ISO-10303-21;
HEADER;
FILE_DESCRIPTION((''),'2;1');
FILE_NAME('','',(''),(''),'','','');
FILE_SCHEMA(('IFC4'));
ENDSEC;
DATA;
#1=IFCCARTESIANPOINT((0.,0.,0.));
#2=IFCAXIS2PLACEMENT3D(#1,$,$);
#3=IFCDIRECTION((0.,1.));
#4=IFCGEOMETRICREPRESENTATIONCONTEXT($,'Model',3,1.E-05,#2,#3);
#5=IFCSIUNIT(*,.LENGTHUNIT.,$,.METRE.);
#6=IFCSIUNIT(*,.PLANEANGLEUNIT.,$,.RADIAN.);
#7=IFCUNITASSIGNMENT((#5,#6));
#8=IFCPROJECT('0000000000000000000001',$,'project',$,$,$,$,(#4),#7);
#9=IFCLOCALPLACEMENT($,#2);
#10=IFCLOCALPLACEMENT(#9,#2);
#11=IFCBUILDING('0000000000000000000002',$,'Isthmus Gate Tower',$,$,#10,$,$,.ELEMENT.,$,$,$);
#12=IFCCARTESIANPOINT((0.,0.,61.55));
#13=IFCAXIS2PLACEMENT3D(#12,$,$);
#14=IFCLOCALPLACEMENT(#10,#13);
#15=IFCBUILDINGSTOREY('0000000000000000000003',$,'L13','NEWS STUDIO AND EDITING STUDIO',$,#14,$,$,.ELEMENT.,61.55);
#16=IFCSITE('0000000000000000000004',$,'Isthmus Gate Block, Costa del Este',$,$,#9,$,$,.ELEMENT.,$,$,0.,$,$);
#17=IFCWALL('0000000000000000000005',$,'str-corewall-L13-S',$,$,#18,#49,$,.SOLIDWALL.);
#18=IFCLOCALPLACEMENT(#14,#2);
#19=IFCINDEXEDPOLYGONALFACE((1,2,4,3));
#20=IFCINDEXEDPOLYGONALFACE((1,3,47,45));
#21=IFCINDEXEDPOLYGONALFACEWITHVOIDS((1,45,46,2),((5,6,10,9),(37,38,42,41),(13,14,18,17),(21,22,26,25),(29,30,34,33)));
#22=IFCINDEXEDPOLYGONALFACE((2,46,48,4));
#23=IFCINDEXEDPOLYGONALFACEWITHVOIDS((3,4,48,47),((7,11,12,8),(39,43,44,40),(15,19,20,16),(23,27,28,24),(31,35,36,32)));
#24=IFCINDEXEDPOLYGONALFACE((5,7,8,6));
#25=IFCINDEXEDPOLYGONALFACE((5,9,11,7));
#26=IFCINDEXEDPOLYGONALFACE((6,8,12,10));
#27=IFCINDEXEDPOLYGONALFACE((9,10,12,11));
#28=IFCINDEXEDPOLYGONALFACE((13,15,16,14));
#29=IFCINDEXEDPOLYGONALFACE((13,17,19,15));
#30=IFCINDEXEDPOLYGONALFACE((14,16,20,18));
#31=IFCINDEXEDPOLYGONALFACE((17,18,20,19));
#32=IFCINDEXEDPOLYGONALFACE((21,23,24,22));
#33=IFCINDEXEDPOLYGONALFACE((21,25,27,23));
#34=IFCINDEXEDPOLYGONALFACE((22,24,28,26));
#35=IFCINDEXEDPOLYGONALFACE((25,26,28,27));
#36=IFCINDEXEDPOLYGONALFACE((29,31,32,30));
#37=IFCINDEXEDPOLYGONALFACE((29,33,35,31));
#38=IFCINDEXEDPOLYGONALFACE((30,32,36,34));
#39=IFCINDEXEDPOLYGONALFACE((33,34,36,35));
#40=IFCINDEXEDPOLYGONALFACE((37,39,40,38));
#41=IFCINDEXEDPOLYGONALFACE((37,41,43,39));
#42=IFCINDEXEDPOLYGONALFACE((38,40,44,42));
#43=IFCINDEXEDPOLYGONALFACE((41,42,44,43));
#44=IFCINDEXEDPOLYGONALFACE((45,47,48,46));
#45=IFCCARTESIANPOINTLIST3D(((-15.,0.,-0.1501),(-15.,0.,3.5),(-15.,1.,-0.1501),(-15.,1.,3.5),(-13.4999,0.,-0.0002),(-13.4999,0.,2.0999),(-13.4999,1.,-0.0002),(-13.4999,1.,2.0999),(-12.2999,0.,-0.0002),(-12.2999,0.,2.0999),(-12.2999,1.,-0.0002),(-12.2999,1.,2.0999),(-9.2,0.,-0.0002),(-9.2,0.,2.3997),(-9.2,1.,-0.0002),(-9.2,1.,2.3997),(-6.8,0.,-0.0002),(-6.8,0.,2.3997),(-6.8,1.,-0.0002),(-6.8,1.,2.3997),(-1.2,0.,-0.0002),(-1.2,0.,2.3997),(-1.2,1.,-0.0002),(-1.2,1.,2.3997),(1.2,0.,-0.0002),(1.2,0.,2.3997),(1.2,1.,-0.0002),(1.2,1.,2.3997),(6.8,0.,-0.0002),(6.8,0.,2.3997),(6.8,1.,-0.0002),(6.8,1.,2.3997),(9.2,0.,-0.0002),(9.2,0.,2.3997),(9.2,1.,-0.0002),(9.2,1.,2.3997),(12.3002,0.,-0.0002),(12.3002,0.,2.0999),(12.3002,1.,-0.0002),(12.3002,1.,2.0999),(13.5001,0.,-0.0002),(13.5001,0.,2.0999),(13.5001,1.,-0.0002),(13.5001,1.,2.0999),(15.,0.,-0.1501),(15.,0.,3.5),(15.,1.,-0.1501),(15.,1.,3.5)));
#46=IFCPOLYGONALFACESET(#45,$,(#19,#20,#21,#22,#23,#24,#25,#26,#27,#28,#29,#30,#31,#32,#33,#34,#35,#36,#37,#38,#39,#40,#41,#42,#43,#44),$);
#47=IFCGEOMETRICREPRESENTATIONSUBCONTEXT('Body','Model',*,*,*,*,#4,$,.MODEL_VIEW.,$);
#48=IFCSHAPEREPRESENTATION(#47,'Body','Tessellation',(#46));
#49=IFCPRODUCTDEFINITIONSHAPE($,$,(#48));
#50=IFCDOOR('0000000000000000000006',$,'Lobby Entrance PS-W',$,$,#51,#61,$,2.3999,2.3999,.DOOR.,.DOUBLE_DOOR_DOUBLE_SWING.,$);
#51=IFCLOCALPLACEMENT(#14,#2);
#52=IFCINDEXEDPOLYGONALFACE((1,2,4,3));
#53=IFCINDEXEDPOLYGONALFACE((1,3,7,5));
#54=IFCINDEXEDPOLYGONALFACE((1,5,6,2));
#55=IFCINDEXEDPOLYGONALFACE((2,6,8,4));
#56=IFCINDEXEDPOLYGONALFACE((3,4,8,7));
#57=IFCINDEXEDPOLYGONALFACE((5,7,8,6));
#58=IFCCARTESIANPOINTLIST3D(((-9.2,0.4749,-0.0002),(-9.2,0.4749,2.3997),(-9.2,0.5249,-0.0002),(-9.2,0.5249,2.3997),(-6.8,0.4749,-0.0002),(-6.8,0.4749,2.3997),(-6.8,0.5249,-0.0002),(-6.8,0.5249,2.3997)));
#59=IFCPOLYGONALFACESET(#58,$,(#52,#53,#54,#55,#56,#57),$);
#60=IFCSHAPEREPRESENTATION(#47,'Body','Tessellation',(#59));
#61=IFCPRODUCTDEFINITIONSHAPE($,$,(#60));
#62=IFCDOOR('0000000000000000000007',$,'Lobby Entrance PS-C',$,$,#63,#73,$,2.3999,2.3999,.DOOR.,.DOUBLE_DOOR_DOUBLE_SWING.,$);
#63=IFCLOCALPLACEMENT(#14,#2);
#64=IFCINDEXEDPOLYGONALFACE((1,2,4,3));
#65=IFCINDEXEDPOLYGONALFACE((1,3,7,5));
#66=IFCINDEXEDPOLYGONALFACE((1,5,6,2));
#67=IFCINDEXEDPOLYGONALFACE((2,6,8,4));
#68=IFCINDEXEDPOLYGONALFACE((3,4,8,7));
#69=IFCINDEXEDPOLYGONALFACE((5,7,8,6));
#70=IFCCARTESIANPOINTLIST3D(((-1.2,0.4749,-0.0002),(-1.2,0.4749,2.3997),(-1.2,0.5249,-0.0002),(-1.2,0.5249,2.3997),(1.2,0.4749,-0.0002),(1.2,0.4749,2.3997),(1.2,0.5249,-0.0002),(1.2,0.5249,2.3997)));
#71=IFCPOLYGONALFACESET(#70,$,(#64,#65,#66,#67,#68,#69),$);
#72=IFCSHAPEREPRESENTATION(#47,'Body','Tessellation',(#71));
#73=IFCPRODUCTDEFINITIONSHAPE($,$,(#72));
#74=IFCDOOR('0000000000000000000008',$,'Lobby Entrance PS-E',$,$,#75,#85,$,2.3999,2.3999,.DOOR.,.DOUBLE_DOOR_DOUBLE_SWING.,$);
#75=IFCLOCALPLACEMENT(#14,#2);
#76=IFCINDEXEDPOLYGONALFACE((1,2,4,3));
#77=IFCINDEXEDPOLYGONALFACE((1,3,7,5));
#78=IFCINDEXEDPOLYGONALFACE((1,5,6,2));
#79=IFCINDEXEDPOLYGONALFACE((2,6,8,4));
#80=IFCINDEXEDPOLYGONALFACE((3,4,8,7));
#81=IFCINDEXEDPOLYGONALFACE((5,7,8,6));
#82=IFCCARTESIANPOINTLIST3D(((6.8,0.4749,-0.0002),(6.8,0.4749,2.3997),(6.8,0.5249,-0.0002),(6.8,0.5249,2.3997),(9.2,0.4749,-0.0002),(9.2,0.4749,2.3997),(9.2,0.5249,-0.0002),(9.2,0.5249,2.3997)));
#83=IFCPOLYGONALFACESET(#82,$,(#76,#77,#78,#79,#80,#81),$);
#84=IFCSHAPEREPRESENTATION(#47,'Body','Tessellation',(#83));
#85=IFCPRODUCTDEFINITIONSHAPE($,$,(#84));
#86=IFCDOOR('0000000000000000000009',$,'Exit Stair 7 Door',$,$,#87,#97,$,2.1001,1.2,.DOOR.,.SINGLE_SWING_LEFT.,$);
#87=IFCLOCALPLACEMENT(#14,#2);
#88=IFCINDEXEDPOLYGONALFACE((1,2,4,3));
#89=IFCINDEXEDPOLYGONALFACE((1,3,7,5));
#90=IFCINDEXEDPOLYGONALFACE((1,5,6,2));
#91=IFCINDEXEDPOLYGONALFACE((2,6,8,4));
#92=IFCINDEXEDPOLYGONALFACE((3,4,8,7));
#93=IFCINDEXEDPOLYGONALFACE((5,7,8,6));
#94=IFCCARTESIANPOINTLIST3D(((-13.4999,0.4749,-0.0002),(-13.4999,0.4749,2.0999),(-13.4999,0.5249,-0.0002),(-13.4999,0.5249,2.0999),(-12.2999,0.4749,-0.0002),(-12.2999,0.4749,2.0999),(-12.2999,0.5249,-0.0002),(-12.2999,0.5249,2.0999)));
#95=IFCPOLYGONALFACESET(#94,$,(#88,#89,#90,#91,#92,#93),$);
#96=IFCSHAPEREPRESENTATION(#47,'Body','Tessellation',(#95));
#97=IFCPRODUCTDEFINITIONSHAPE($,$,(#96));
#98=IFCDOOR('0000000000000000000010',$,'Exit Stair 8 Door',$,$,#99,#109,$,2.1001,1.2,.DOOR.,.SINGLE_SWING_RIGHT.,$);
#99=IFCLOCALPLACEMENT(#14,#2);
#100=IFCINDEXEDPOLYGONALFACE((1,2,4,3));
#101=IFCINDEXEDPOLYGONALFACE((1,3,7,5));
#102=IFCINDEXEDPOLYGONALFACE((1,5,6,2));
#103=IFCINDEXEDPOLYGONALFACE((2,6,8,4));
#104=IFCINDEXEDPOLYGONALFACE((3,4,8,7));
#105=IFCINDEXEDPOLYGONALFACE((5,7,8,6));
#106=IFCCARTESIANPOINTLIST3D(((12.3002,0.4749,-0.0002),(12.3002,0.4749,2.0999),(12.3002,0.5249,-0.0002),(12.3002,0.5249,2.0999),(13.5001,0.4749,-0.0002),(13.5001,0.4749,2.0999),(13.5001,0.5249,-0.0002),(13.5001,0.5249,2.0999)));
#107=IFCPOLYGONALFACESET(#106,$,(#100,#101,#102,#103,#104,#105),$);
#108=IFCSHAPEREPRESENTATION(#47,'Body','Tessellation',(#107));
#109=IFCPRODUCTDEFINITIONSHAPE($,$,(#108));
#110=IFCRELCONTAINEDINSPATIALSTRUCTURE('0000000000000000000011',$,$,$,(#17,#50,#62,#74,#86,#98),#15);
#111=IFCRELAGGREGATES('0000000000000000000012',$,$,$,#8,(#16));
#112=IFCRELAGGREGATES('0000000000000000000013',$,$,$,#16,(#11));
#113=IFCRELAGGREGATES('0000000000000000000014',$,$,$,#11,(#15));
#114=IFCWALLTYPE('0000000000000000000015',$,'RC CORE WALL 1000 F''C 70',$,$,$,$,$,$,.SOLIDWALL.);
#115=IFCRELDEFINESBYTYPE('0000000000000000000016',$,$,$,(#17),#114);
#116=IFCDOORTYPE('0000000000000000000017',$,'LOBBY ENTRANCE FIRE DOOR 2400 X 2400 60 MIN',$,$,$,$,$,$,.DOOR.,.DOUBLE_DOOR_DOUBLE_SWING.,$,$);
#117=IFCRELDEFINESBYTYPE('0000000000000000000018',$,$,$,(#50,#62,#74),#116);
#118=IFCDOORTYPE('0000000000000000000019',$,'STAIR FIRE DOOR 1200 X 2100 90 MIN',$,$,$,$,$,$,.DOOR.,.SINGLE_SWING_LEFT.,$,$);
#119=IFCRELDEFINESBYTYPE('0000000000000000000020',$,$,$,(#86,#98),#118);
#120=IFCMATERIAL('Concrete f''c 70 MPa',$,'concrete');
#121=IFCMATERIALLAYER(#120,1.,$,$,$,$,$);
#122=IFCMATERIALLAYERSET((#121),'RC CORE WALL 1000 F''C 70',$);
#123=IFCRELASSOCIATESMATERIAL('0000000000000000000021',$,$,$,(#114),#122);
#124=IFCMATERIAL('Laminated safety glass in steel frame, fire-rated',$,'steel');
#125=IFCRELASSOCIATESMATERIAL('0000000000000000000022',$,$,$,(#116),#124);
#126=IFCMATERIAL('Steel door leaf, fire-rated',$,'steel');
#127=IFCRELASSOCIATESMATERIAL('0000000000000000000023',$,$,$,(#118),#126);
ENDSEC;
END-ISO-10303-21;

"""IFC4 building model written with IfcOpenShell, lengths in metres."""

from ifc_helpers import new_model, si_unit, direction, frame, frame_2d, origin, place, context, subcontext, project, spatial, rectangle, extrude, material, layer, layer_set, type_object, element, fill, save


model = new_model("IFC4")

# Units and contexts
model_context = context("Model", 3, precision=1e-05, world=origin(), true_north=direction((0.0, 1.0)))
body_context = subcontext(model_context, "Body", "Model", "MODEL_VIEW")
ifc_project = project(units=[si_unit("LENGTHUNIT", "METRE"), si_unit("PLANEANGLEUNIT", "RADIAN")], contexts=[model_context])

# Site, building, storey
site_placement = place(None, origin())
site = spatial("IfcSite", under=ifc_project, at=site_placement, Name="Isthmus Gate Block, Costa del Este", CompositionType="ELEMENT", RefElevation=0.0)
building_placement = place(site_placement, origin())
building = spatial("IfcBuilding", under=site, at=building_placement, Name="Isthmus Gate Tower", CompositionType="ELEMENT")
storey_placement = place(building_placement, frame((0.0, 0.0, 61.55)))
storey = spatial("IfcBuildingStorey", under=building, at=storey_placement, Name="L13", Description="NEWS STUDIO AND EDITING STUDIO", CompositionType="ELEMENT", Elevation=61.55)

# Wall, openings, doors
ifc_material_1 = material(Name="Concrete f'c 70 MPa", Category="concrete")
ifc_layer_1 = layer(ifc_material_1, 1.0)
ifc_layer_set_1 = layer_set([ifc_layer_1], Name="RC CORE WALL 1000 F'C 70")
wall_type_1 = type_object("IfcWallType", Name="RC CORE WALL 1000 F'C 70", PredefinedType="SOLIDWALL", material=ifc_layer_set_1)
wall_1_placement = place(storey_placement, frame((-15.0, 0.5, -0.1501), z_axis=(0.0, 0.0, 1.0), x_axis=(1.0, 0.0, 0.0)))
wall_1 = element("IfcWall", 1, at=wall_1_placement, inside=storey, type_object=wall_type_1, Name="str-corewall-L13-S", PredefinedType="SOLIDWALL", context=body_context, shape_type="SweptSolid", body=[
    extrude(rectangle(XDim=30.0, YDim=1.0, at=frame_2d((15.0, 0.0))), origin(), (0.0, 0.0, 1.0), 3.6501),
])
opening_1_placement = place(wall_1_placement, frame((5.8, 0.0, 0.1499)))
opening_1 = element("IfcOpeningElement", 2, at=opening_1_placement, cuts=wall_1, PredefinedType="OPENING", context=body_context, shape_type="SweptSolid", body=[
    extrude(rectangle(XDim=2.3999, YDim=2.3999, at=frame_2d((1.2, 1.2))), frame((0.0, 0.51, 0.0), z_axis=(0.0, -1.0, 0.0), x_axis=(1.0, 0.0, 0.0)), (0.0, 0.0, 1.0), 1.02),
])
opening_2_placement = place(wall_1_placement, frame((13.8, 0.0, 0.1499)))
opening_2 = element("IfcOpeningElement", 3, at=opening_2_placement, cuts=wall_1, PredefinedType="OPENING", context=body_context, shape_type="SweptSolid", body=[
    extrude(rectangle(XDim=2.3999, YDim=2.3999, at=frame_2d((1.2, 1.2))), frame((0.0, 0.51, 0.0), z_axis=(0.0, -1.0, 0.0), x_axis=(1.0, 0.0, 0.0)), (0.0, 0.0, 1.0), 1.02),
])
opening_3_placement = place(wall_1_placement, frame((21.8, 0.0, 0.1499)))
opening_3 = element("IfcOpeningElement", 4, at=opening_3_placement, cuts=wall_1, PredefinedType="OPENING", context=body_context, shape_type="SweptSolid", body=[
    extrude(rectangle(XDim=2.3999, YDim=2.3999, at=frame_2d((1.2, 1.2))), frame((0.0, 0.51, 0.0), z_axis=(0.0, -1.0, 0.0), x_axis=(1.0, 0.0, 0.0)), (0.0, 0.0, 1.0), 1.02),
])
opening_4_placement = place(wall_1_placement, frame((1.5, 0.0, 0.1499)))
opening_4 = element("IfcOpeningElement", 5, at=opening_4_placement, cuts=wall_1, PredefinedType="OPENING", context=body_context, shape_type="SweptSolid", body=[
    extrude(rectangle(XDim=1.2, YDim=2.1001, at=frame_2d((0.6001, 1.05))), frame((0.0, 0.51, 0.0), z_axis=(0.0, -1.0, 0.0), x_axis=(1.0, 0.0, 0.0)), (0.0, 0.0, 1.0), 1.02),
])
opening_5_placement = place(wall_1_placement, frame((27.3, 0.0, 0.1499)))
opening_5 = element("IfcOpeningElement", 6, at=opening_5_placement, cuts=wall_1, PredefinedType="OPENING", context=body_context, shape_type="SweptSolid", body=[
    extrude(rectangle(XDim=1.2, YDim=2.1001, at=frame_2d((0.6001, 1.05))), frame((0.0, 0.51, 0.0), z_axis=(0.0, -1.0, 0.0), x_axis=(1.0, 0.0, 0.0)), (0.0, 0.0, 1.0), 1.02),
])
ifc_material_2 = material(Name="Laminated safety glass in steel frame, fire-rated", Category="steel")
door_type_1 = type_object("IfcDoorType", Name="LOBBY ENTRANCE FIRE DOOR 2400 X 2400 60 MIN", OperationType="DOUBLE_DOOR_DOUBLE_SWING", PredefinedType="DOOR", material=ifc_material_2)
door_1_placement = place(opening_1_placement, origin())
door_1 = element("IfcDoor", 7, at=door_1_placement, inside=storey, type_object=door_type_1, Name="Lobby Entrance PS-W", OperationType="DOUBLE_DOOR_DOUBLE_SWING", OverallHeight=2.3999, OverallWidth=2.3999, PredefinedType="DOOR", context=body_context, shape_type="SweptSolid", body=[
    extrude(rectangle(XDim=2.3999, YDim=2.3999, at=frame_2d((1.2, 1.2))), frame((0.0, 0.0249, 0.0), z_axis=(0.0, -1.0, 0.0), x_axis=(1.0, 0.0, 0.0)), (0.0, 0.0, 1.0), 0.05),
])
fill(opening_1, door_1)
door_2_placement = place(opening_2_placement, origin())
door_2 = element("IfcDoor", 8, at=door_2_placement, inside=storey, type_object=door_type_1, Name="Lobby Entrance PS-C", OperationType="DOUBLE_DOOR_DOUBLE_SWING", OverallHeight=2.3999, OverallWidth=2.3999, PredefinedType="DOOR", context=body_context, shape_type="SweptSolid", body=[
    extrude(rectangle(XDim=2.3999, YDim=2.3999, at=frame_2d((1.2, 1.2))), frame((0.0, 0.0249, 0.0), z_axis=(0.0, -1.0, 0.0), x_axis=(1.0, 0.0, 0.0)), (0.0, 0.0, 1.0), 0.05),
])
fill(opening_2, door_2)
door_3_placement = place(opening_3_placement, origin())
door_3 = element("IfcDoor", 9, at=door_3_placement, inside=storey, type_object=door_type_1, Name="Lobby Entrance PS-E", OperationType="DOUBLE_DOOR_DOUBLE_SWING", OverallHeight=2.3999, OverallWidth=2.3999, PredefinedType="DOOR", context=body_context, shape_type="SweptSolid", body=[
    extrude(rectangle(XDim=2.3999, YDim=2.3999, at=frame_2d((1.2, 1.2))), frame((0.0, 0.0249, 0.0), z_axis=(0.0, -1.0, 0.0), x_axis=(1.0, 0.0, 0.0)), (0.0, 0.0, 1.0), 0.05),
])
fill(opening_3, door_3)
ifc_material_3 = material(Name="Steel door leaf, fire-rated", Category="steel")
door_type_2 = type_object("IfcDoorType", Name="STAIR FIRE DOOR 1200 X 2100 90 MIN", OperationType="SINGLE_SWING_LEFT", PredefinedType="DOOR", material=ifc_material_3)
door_4_placement = place(opening_4_placement, origin())
door_4 = element("IfcDoor", 10, at=door_4_placement, inside=storey, type_object=door_type_2, Name="Exit Stair 7 Door", OperationType="SINGLE_SWING_LEFT", OverallHeight=2.1001, OverallWidth=1.2, PredefinedType="DOOR", context=body_context, shape_type="SweptSolid", body=[
    extrude(rectangle(XDim=1.2, YDim=2.1001, at=frame_2d((0.6001, 1.05))), frame((0.0, 0.0249, 0.0), z_axis=(0.0, -1.0, 0.0), x_axis=(1.0, 0.0, 0.0)), (0.0, 0.0, 1.0), 0.05),
])
fill(opening_4, door_4)
door_5_placement = place(opening_5_placement, origin())
door_5 = element("IfcDoor", 11, at=door_5_placement, inside=storey, type_object=door_type_2, Name="Exit Stair 8 Door", OperationType="SINGLE_SWING_RIGHT", OverallHeight=2.1001, OverallWidth=1.2, PredefinedType="DOOR", context=body_context, shape_type="SweptSolid", body=[
    extrude(rectangle(XDim=1.2, YDim=2.1001, at=frame_2d((0.6001, 1.05))), frame((0.0, 0.0249, 0.0), z_axis=(0.0, -1.0, 0.0), x_axis=(1.0, 0.0, 0.0)), (0.0, 0.0, 1.0), 0.05),
])
fill(opening_5, door_5)

save(model, "model.ifc")
